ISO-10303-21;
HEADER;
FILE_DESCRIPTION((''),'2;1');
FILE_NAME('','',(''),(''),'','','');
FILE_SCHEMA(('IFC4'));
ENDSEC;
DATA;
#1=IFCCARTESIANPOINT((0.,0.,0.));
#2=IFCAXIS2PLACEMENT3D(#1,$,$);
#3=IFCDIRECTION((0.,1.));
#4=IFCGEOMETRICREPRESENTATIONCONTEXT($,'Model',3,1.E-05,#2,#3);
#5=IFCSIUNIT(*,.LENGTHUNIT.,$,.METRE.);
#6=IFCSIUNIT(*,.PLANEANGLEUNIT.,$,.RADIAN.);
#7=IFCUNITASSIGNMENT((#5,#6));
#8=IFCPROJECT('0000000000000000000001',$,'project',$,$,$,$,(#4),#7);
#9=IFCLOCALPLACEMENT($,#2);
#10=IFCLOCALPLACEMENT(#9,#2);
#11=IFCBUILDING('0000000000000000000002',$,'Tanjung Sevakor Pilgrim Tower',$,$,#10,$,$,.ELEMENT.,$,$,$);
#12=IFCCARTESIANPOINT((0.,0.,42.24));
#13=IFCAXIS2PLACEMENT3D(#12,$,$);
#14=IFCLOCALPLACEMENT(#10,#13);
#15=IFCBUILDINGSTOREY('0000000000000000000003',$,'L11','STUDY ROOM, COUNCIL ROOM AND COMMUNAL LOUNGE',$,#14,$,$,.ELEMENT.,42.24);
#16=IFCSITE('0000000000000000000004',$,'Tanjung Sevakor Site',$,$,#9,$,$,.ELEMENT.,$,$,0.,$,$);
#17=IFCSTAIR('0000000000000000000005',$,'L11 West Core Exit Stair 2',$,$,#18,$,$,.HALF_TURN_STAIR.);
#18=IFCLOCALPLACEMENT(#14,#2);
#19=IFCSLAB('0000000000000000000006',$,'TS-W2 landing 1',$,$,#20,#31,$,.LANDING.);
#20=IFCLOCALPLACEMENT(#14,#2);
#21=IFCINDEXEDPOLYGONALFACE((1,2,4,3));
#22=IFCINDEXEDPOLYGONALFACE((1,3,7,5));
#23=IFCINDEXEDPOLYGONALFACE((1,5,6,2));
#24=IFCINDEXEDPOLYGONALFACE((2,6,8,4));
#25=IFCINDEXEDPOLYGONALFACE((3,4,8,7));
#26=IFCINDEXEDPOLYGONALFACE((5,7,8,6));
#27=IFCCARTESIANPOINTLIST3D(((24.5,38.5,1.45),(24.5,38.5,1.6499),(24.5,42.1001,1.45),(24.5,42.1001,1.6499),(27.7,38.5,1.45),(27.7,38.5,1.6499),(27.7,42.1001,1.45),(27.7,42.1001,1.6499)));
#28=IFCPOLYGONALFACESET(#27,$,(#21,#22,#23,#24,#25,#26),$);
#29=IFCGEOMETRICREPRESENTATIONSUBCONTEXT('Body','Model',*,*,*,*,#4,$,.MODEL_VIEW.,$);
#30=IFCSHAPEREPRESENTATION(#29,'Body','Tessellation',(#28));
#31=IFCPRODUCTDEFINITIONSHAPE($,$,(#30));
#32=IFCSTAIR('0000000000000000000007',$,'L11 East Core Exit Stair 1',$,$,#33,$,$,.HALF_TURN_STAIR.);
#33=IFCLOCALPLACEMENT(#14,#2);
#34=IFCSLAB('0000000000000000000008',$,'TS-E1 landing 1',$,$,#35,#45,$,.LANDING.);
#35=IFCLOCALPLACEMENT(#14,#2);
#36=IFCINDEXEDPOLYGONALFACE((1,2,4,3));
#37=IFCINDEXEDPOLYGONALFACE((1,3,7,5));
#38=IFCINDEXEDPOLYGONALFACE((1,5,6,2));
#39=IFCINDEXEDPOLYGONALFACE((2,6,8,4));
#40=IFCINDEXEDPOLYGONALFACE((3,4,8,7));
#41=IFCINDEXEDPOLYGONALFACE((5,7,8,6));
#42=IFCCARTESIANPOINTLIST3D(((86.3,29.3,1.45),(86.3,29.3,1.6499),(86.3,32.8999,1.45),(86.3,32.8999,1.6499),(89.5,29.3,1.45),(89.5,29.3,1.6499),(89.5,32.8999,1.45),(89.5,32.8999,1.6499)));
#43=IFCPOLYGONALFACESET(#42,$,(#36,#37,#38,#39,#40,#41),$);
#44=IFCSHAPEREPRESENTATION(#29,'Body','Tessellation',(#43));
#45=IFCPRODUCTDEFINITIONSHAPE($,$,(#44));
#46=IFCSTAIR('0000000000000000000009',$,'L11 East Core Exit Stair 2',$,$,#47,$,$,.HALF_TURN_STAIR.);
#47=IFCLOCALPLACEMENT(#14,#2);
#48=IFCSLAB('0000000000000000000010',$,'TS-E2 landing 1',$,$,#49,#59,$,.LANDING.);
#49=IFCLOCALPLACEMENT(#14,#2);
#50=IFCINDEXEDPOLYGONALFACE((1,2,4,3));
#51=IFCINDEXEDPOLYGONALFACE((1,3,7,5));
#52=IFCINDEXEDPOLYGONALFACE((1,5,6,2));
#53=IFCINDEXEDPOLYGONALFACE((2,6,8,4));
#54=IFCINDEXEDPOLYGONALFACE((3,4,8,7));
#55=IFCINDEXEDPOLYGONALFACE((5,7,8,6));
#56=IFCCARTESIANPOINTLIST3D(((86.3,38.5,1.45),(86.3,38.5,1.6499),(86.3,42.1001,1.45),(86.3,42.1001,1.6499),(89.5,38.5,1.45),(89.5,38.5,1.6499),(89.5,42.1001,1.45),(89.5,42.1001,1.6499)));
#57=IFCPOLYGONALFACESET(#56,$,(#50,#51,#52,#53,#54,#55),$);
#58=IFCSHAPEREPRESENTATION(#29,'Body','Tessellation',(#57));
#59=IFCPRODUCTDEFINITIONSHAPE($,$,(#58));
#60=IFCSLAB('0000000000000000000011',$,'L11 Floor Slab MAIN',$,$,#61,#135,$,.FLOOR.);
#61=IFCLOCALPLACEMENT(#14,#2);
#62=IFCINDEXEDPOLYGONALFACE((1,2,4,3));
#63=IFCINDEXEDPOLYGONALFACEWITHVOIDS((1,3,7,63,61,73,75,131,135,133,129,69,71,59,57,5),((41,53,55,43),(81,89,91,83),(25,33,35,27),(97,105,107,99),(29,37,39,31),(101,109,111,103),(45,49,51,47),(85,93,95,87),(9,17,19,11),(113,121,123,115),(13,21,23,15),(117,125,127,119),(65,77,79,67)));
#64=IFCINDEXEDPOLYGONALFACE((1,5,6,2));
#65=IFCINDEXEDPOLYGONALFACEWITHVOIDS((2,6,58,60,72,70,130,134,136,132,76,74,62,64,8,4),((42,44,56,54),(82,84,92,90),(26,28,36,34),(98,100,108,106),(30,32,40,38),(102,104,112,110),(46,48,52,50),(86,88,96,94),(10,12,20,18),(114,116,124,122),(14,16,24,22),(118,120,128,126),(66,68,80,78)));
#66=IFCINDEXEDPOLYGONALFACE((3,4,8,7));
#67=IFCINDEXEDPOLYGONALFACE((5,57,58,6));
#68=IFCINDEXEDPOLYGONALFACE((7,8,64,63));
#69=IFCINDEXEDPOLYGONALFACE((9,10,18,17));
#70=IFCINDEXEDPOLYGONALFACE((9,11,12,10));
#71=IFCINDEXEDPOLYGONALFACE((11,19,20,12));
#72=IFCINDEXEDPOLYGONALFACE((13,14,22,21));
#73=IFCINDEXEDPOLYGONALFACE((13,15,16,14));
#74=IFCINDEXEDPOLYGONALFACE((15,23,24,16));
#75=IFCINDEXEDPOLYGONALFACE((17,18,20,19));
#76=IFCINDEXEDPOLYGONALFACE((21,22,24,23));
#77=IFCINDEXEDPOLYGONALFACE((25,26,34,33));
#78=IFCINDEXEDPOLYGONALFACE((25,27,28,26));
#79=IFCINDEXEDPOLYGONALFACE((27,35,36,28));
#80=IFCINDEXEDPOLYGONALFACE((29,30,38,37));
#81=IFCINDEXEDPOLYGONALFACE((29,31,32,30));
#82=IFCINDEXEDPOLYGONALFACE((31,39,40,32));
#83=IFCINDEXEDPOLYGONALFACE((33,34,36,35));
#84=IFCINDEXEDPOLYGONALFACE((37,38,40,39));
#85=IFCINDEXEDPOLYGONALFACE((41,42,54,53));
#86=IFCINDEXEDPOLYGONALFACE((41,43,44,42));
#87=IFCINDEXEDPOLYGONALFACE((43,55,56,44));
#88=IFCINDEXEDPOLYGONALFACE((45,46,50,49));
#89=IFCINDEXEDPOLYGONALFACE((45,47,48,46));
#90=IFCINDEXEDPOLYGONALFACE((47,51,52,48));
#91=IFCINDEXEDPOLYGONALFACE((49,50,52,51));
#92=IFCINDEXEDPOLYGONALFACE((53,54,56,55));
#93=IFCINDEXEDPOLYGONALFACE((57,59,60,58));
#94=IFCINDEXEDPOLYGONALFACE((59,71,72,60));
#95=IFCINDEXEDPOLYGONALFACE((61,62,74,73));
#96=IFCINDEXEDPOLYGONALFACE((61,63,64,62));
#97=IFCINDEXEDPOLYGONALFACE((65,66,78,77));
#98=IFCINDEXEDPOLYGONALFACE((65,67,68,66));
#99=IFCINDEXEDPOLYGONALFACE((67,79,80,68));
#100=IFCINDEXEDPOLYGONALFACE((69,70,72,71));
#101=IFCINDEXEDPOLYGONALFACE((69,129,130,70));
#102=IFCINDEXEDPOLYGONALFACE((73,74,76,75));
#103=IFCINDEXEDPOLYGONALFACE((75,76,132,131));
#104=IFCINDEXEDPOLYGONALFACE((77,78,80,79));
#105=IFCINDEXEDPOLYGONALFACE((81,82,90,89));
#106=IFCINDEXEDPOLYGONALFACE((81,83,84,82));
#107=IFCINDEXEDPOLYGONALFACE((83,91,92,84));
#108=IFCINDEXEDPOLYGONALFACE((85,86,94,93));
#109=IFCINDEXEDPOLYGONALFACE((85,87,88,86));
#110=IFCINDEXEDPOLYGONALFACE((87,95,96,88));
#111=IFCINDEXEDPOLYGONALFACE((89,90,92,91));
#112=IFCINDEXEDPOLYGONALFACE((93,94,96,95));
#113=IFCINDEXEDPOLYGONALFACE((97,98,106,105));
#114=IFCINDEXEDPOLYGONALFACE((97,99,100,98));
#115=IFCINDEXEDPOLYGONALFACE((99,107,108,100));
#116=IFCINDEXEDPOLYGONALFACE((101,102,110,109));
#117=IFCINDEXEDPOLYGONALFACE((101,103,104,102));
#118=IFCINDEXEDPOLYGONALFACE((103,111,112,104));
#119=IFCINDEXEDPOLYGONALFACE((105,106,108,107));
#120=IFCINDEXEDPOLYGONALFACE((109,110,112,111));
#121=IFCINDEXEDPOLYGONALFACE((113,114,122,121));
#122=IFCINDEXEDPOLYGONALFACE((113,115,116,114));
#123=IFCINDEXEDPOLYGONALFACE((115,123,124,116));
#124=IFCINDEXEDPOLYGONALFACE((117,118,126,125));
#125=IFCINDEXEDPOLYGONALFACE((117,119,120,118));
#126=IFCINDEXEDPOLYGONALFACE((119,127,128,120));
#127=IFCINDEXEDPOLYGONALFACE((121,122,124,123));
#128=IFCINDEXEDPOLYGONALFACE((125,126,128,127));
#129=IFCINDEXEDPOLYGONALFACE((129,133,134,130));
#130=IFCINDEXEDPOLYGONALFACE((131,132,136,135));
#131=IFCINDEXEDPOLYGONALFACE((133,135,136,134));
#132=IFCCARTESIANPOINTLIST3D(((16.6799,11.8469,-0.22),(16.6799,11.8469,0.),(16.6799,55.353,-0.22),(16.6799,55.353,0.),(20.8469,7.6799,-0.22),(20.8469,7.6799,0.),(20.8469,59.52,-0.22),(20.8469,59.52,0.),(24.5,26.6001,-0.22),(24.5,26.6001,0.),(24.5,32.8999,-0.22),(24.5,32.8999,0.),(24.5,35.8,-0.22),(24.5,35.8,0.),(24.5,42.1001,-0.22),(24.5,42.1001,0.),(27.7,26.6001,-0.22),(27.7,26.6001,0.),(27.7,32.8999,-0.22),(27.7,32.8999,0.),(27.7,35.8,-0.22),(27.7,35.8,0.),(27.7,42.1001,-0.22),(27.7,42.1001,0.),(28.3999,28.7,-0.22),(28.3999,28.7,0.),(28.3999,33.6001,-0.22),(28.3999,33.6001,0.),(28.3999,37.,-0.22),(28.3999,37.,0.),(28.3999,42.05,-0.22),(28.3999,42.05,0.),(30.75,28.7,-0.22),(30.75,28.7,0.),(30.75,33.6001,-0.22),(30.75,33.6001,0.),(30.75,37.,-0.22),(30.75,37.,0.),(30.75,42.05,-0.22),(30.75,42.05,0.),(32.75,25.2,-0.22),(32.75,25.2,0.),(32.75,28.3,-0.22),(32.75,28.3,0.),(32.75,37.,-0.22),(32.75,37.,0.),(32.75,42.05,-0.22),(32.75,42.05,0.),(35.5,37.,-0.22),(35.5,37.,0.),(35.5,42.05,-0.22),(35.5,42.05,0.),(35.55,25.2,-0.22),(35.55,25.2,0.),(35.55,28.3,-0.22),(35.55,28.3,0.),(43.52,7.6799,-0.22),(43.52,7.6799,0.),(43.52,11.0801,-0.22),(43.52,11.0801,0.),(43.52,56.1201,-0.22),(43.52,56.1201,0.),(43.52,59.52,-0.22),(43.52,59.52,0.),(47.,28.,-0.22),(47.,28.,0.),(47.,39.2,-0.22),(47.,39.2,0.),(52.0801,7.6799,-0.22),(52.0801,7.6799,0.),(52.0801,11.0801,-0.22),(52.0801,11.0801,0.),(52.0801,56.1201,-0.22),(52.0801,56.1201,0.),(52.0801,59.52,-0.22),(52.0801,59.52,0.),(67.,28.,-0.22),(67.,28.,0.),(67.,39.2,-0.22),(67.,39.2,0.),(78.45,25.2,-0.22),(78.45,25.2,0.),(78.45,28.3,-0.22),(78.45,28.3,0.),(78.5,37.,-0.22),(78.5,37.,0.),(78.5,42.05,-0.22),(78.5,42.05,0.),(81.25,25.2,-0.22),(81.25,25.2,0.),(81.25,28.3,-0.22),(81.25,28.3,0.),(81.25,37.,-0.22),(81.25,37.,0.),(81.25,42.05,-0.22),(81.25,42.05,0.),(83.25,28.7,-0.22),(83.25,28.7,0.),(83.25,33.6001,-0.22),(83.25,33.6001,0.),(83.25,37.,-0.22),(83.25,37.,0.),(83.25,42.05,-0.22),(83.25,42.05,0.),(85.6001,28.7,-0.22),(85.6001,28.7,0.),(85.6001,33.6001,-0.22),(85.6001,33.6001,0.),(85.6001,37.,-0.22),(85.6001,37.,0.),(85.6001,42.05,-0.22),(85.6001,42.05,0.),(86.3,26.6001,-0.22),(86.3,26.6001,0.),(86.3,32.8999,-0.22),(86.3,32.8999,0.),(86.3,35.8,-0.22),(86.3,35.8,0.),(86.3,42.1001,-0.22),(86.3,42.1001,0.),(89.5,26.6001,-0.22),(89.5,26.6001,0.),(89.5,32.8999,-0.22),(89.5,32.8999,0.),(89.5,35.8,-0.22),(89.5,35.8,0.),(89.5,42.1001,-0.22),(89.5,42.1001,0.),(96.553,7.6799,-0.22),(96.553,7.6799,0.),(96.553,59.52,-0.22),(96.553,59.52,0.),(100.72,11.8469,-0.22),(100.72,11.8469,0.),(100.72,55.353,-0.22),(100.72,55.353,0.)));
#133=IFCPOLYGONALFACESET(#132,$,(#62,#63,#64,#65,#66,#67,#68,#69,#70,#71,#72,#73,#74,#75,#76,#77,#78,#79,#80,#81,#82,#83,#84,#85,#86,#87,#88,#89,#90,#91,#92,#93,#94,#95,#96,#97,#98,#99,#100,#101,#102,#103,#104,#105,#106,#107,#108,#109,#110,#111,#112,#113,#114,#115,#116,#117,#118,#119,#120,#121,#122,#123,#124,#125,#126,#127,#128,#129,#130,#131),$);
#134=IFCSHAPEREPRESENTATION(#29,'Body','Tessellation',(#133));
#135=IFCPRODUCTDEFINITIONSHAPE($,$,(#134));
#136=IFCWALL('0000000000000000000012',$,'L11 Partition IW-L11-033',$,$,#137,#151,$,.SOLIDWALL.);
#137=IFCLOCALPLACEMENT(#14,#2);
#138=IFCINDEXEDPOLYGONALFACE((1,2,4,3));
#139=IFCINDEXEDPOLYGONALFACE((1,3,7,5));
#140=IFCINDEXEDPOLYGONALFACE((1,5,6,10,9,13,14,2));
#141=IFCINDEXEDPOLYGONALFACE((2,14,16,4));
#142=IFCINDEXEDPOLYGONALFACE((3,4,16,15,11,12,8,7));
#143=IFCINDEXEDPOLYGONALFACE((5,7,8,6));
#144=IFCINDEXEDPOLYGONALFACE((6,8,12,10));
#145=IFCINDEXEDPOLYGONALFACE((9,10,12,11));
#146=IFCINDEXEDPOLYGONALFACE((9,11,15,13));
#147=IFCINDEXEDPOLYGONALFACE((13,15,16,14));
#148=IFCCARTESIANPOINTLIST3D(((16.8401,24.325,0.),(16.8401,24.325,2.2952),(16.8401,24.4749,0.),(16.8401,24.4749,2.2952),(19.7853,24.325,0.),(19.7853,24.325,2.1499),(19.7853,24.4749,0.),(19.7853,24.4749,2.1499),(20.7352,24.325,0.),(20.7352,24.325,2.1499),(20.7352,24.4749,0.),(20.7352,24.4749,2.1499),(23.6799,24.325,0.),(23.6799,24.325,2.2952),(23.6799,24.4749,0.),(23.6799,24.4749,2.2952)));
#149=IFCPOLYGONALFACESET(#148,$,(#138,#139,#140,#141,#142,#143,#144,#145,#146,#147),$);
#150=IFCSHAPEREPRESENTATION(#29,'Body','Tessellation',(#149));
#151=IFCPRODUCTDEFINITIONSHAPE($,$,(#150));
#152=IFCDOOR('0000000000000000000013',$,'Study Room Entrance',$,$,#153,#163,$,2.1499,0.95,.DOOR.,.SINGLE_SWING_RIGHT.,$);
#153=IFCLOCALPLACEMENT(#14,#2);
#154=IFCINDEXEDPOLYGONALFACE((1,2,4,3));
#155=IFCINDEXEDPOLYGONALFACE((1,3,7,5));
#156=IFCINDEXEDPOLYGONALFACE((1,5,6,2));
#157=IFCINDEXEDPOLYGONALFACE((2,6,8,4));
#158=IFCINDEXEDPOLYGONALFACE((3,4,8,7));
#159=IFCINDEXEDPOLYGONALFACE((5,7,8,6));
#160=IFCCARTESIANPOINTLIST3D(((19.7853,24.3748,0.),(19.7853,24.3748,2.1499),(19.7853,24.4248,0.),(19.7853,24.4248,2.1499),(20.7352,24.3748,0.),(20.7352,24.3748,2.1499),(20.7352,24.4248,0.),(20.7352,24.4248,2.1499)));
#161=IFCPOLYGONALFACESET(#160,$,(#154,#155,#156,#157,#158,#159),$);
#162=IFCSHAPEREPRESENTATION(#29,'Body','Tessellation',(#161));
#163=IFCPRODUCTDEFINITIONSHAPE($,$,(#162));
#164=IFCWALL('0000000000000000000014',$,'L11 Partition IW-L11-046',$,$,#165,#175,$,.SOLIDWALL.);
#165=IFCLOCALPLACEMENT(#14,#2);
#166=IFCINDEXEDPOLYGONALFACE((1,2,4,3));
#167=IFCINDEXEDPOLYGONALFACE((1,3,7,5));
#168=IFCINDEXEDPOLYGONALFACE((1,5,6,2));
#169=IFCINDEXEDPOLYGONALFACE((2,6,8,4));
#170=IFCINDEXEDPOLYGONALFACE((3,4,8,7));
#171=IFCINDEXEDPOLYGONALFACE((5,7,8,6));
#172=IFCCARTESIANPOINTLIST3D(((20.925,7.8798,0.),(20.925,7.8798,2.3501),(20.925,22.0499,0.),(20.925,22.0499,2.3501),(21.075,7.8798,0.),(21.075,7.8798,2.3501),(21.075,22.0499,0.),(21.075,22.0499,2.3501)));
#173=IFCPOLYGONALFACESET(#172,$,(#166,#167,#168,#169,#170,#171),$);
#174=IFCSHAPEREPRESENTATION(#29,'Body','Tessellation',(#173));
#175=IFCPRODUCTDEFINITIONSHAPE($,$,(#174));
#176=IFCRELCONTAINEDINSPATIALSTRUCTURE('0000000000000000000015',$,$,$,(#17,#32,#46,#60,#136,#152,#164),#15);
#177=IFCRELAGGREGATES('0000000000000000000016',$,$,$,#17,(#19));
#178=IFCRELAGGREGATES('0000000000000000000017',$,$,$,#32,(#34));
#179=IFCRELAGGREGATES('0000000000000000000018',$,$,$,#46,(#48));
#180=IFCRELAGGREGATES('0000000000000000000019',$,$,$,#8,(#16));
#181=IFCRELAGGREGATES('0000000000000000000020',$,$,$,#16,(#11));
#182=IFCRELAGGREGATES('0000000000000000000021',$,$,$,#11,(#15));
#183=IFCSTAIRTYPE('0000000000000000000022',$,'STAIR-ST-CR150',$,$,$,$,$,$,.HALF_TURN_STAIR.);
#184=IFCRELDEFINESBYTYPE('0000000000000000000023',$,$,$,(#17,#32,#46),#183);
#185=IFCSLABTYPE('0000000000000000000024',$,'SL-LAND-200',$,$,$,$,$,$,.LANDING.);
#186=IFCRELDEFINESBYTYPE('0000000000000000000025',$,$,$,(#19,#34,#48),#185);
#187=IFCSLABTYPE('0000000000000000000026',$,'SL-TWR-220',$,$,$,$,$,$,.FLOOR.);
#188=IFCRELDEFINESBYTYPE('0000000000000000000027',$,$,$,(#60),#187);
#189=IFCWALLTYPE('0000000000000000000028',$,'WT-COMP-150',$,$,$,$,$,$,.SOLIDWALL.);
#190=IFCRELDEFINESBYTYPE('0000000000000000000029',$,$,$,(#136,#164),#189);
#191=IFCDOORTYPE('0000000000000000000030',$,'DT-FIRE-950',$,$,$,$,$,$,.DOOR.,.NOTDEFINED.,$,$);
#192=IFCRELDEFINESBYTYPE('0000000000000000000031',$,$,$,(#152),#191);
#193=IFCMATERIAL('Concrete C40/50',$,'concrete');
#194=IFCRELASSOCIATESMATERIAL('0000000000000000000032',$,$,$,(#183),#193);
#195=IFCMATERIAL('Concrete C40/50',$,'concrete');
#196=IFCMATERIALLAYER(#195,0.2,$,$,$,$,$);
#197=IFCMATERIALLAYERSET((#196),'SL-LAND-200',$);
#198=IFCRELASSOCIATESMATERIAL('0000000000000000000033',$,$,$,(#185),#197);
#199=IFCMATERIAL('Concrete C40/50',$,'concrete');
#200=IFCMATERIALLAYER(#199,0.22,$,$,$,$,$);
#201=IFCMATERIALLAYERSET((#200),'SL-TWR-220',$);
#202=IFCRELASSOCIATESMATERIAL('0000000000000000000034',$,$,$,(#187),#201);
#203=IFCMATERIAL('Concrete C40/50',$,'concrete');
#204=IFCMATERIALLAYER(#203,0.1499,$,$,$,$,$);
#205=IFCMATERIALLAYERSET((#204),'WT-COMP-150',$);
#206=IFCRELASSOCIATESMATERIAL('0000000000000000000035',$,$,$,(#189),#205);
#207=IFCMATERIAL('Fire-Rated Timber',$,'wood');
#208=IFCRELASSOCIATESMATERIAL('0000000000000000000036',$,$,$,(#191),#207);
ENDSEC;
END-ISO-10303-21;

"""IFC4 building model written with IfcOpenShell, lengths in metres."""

from ifc_helpers import new_model, si_unit, direction, frame, frame_2d, origin, place, context, subcontext, project, spatial, polyline, rectangle, outline, extrude, material, layer, layer_set, type_object, element, fill, aggregate, save


model = new_model("IFC4")

# Units and contexts
model_context = context("Model", 3, precision=1e-05, world=origin(), true_north=direction((0.0, 1.0)))
body_context = subcontext(model_context, "Body", "Model", "MODEL_VIEW")
ifc_project = project(units=[si_unit("LENGTHUNIT", "METRE"), si_unit("PLANEANGLEUNIT", "RADIAN")], contexts=[model_context])

# Site, building, storey
site_placement = place(None, origin())
site = spatial("IfcSite", under=ifc_project, at=site_placement, Name="Tanjung Sevakor Site", CompositionType="ELEMENT", RefElevation=0.0)
building_placement = place(site_placement, origin())
building = spatial("IfcBuilding", under=site, at=building_placement, Name="Tanjung Sevakor Pilgrim Tower", CompositionType="ELEMENT")
storey_placement = place(building_placement, frame((0.0, 0.0, 42.24)))
storey = spatial("IfcBuildingStorey", under=building, at=storey_placement, Name="L11", Description="STUDY ROOM, COUNCIL ROOM AND COMMUNAL LOUNGE", CompositionType="ELEMENT", Elevation=42.24)

# Stairs, slabs
ifc_material_1 = material(Name="Concrete C40/50", Category="concrete")
stair_type = type_object("IfcStairType", Name="STAIR-ST-CR150", PredefinedType="HALF_TURN_STAIR", material=ifc_material_1)
ifc_material_2 = material(Name="Concrete C40/50", Category="concrete")
ifc_layer_1 = layer(ifc_material_2, 0.2)
ifc_layer_set_1 = layer_set([ifc_layer_1], Name="SL-LAND-200")
slab_type_1 = type_object("IfcSlabType", Name="SL-LAND-200", PredefinedType="LANDING", material=ifc_layer_set_1)
stair_1_placement = place(storey_placement, origin())
stair_1 = element("IfcStair", 1, at=stair_1_placement, inside=storey, type_object=stair_type, Name="L11 West Core Exit Stair 2", PredefinedType="HALF_TURN_STAIR")
slab_1_placement = place(storey_placement, frame((0.0, 0.0, 1.45)))
slab_1 = element("IfcSlab", 2, at=slab_1_placement, type_object=slab_type_1, Name="TS-W2 landing 1", PredefinedType="LANDING", context=body_context, shape_type="SweptSolid", body=[
    extrude(outline(polyline([(27.7, 38.5), (27.7, 42.1001), (24.5, 42.1001), (24.5, 38.5), (27.7, 38.5)])), origin(), (0.0, 0.0, 1.0), 0.2),
])
aggregate(stair_1, [slab_1])
stair_2_placement = place(storey_placement, origin())
stair_2 = element("IfcStair", 3, at=stair_2_placement, inside=storey, type_object=stair_type, Name="L11 East Core Exit Stair 1", PredefinedType="HALF_TURN_STAIR")
slab_2_placement = place(storey_placement, frame((0.0, 0.0, 1.45)))
slab_2 = element("IfcSlab", 4, at=slab_2_placement, type_object=slab_type_1, Name="TS-E1 landing 1", PredefinedType="LANDING", context=body_context, shape_type="SweptSolid", body=[
    extrude(outline(polyline([(89.5, 29.3), (89.5, 32.8999), (86.3, 32.8999), (86.3, 29.3), (89.5, 29.3)])), origin(), (0.0, 0.0, 1.0), 0.2),
])
aggregate(stair_2, [slab_2])
stair_3_placement = place(storey_placement, origin())
stair_3 = element("IfcStair", 5, at=stair_3_placement, inside=storey, type_object=stair_type, Name="L11 East Core Exit Stair 2", PredefinedType="HALF_TURN_STAIR")
slab_3_placement = place(storey_placement, frame((0.0, 0.0, 1.45)))
slab_3 = element("IfcSlab", 6, at=slab_3_placement, type_object=slab_type_1, Name="TS-E2 landing 1", PredefinedType="LANDING", context=body_context, shape_type="SweptSolid", body=[
    extrude(outline(polyline([(89.5, 38.5), (89.5, 42.1001), (86.3, 42.1001), (86.3, 38.5), (89.5, 38.5)])), origin(), (0.0, 0.0, 1.0), 0.2),
])
aggregate(stair_3, [slab_3])

# Slab
ifc_material_3 = material(Name="Concrete C40/50", Category="concrete")
ifc_layer_2 = layer(ifc_material_3, 0.22)
ifc_layer_set_2 = layer_set([ifc_layer_2], Name="SL-TWR-220")
slab_type_2 = type_object("IfcSlabType", Name="SL-TWR-220", PredefinedType="FLOOR", material=ifc_layer_set_2)
slab_4_placement = place(storey_placement, frame((0.0, 0.0, -0.22)))
element("IfcSlab", 7, at=slab_4_placement, inside=storey, type_object=slab_type_2, Name="L11 Floor Slab MAIN", PredefinedType="FLOOR", context=body_context, shape_type="SweptSolid", body=[
    extrude(outline(polyline([(20.8469, 7.6799), (43.52, 7.6799), (43.52, 11.0801), (52.0801, 11.0801), (52.0801, 7.6799), (96.553, 7.6799), (100.72, 11.8469), (100.72, 55.353), (96.553, 59.52), (52.0801, 59.52), (52.0801, 56.1201), (43.52, 56.1201), (43.52, 59.52), (20.8469, 59.52), (16.6799, 55.353), (16.6799, 11.8469), (20.8469, 7.6799)]), holes=[polyline([(27.7, 26.6001), (27.7, 32.8999), (24.5, 32.8999), (24.5, 26.6001), (27.7, 26.6001)]), polyline([(27.7, 35.8), (27.7, 42.1001), (24.5, 42.1001), (24.5, 35.8), (27.7, 35.8)]), polyline([(89.5, 26.6001), (89.5, 32.8999), (86.3, 32.8999), (86.3, 26.6001), (89.5, 26.6001)]), polyline([(89.5, 35.8), (89.5, 42.1001), (86.3, 42.1001), (86.3, 35.8), (89.5, 35.8)]), polyline([(32.75, 25.2), (35.55, 25.2), (35.55, 28.3), (32.75, 28.3), (32.75, 25.2)]), polyline([(28.3999, 28.7), (30.75, 28.7), (30.75, 33.6001), (28.3999, 33.6001), (28.3999, 28.7)]), polyline([(28.3999, 37.0), (30.75, 37.0), (30.75, 42.05), (28.3999, 42.05), (28.3999, 37.0)]), polyline([(32.75, 37.0), (35.5, 37.0), (35.5, 42.05), (32.75, 42.05), (32.75, 37.0)]), polyline([(78.45, 25.2), (81.25, 25.2), (81.25, 28.3), (78.45, 28.3), (78.45, 25.2)]), polyline([(83.25, 28.7), (85.6001, 28.7), (85.6001, 33.6001), (83.25, 33.6001), (83.25, 28.7)]), polyline([(83.25, 37.0), (85.6001, 37.0), (85.6001, 42.05), (83.25, 42.05), (83.25, 37.0)]), polyline([(78.5, 37.0), (81.25, 37.0), (81.25, 42.05), (78.5, 42.05), (78.5, 37.0)]), polyline([(47.0, 28.0), (67.0, 28.0), (67.0, 39.2), (47.0, 39.2), (47.0, 28.0)])]), origin(), (0.0, 0.0, 1.0), 0.22),
])

# Wall, opening, door
ifc_material_4 = material(Name="Concrete C40/50", Category="concrete")
ifc_layer_3 = layer(ifc_material_4, 0.1499)
ifc_layer_set_3 = layer_set([ifc_layer_3], Name="WT-COMP-150")
wall_type_1 = type_object("IfcWallType", Name="WT-COMP-150", PredefinedType="SOLIDWALL", material=ifc_layer_set_3)
wall_1_placement = place(storey_placement, frame((16.8401, 24.3999, 0.0), z_axis=(0.0, 0.0, 1.0), x_axis=(1.0, 0.0, 0.0)))
wall_1 = element("IfcWall", 8, at=wall_1_placement, inside=storey, type_object=wall_type_1, Name="L11 Partition IW-L11-033", PredefinedType="SOLIDWALL", context=body_context, shape_type="SweptSolid", body=[
    extrude(rectangle(XDim=6.8398, YDim=0.1499, at=frame_2d((3.4199, 0.0))), origin(), (0.0, 0.0, 1.0), 2.2952),
])
opening_1_placement = place(wall_1_placement, frame((2.9451, 0.0, 0.0)))
opening_1 = element("IfcOpeningElement", 9, at=opening_1_placement, cuts=wall_1, PredefinedType="OPENING", context=body_context, shape_type="SweptSolid", body=[
    extrude(rectangle(XDim=0.95, YDim=2.1499, at=frame_2d((0.4751, 1.075))), frame((0.0, 0.085, 0.0), z_axis=(0.0, -1.0, 0.0), x_axis=(1.0, 0.0, 0.0)), (0.0, 0.0, 1.0), 0.1699),
])
ifc_material_5 = material(Name="Fire-Rated Timber", Category="wood")
door_type_1 = type_object("IfcDoorType", Name="DT-FIRE-950", OperationType="NOTDEFINED", PredefinedType="DOOR", material=ifc_material_5)
door_1_placement = place(opening_1_placement, origin())
door_1 = element("IfcDoor", 10, at=door_1_placement, inside=storey, type_object=door_type_1, Name="Study Room Entrance", OperationType="SINGLE_SWING_RIGHT", OverallHeight=2.1499, OverallWidth=0.95, PredefinedType="DOOR", context=body_context, shape_type="SweptSolid", body=[
    extrude(rectangle(XDim=0.95, YDim=2.1499, at=frame_2d((0.4751, 1.075))), frame((0.0, 0.0249, 0.0), z_axis=(0.0, -1.0, 0.0), x_axis=(1.0, 0.0, 0.0)), (0.0, 0.0, 1.0), 0.05),
])
fill(opening_1, door_1)

# Wall
wall_2_placement = place(storey_placement, frame((21.0, 7.8799, 0.0), z_axis=(0.0, 0.0, 1.0), x_axis=(0.0, 1.0, 0.0)))
element("IfcWall", 11, at=wall_2_placement, inside=storey, type_object=wall_type_1, Name="L11 Partition IW-L11-046", PredefinedType="SOLIDWALL", context=body_context, shape_type="SweptSolid", body=[
    extrude(rectangle(XDim=14.1702, YDim=0.1499, at=frame_2d((7.085, 0.0))), origin(), (0.0, 0.0, 1.0), 2.3501),
])

save(model, "model.ifc")
